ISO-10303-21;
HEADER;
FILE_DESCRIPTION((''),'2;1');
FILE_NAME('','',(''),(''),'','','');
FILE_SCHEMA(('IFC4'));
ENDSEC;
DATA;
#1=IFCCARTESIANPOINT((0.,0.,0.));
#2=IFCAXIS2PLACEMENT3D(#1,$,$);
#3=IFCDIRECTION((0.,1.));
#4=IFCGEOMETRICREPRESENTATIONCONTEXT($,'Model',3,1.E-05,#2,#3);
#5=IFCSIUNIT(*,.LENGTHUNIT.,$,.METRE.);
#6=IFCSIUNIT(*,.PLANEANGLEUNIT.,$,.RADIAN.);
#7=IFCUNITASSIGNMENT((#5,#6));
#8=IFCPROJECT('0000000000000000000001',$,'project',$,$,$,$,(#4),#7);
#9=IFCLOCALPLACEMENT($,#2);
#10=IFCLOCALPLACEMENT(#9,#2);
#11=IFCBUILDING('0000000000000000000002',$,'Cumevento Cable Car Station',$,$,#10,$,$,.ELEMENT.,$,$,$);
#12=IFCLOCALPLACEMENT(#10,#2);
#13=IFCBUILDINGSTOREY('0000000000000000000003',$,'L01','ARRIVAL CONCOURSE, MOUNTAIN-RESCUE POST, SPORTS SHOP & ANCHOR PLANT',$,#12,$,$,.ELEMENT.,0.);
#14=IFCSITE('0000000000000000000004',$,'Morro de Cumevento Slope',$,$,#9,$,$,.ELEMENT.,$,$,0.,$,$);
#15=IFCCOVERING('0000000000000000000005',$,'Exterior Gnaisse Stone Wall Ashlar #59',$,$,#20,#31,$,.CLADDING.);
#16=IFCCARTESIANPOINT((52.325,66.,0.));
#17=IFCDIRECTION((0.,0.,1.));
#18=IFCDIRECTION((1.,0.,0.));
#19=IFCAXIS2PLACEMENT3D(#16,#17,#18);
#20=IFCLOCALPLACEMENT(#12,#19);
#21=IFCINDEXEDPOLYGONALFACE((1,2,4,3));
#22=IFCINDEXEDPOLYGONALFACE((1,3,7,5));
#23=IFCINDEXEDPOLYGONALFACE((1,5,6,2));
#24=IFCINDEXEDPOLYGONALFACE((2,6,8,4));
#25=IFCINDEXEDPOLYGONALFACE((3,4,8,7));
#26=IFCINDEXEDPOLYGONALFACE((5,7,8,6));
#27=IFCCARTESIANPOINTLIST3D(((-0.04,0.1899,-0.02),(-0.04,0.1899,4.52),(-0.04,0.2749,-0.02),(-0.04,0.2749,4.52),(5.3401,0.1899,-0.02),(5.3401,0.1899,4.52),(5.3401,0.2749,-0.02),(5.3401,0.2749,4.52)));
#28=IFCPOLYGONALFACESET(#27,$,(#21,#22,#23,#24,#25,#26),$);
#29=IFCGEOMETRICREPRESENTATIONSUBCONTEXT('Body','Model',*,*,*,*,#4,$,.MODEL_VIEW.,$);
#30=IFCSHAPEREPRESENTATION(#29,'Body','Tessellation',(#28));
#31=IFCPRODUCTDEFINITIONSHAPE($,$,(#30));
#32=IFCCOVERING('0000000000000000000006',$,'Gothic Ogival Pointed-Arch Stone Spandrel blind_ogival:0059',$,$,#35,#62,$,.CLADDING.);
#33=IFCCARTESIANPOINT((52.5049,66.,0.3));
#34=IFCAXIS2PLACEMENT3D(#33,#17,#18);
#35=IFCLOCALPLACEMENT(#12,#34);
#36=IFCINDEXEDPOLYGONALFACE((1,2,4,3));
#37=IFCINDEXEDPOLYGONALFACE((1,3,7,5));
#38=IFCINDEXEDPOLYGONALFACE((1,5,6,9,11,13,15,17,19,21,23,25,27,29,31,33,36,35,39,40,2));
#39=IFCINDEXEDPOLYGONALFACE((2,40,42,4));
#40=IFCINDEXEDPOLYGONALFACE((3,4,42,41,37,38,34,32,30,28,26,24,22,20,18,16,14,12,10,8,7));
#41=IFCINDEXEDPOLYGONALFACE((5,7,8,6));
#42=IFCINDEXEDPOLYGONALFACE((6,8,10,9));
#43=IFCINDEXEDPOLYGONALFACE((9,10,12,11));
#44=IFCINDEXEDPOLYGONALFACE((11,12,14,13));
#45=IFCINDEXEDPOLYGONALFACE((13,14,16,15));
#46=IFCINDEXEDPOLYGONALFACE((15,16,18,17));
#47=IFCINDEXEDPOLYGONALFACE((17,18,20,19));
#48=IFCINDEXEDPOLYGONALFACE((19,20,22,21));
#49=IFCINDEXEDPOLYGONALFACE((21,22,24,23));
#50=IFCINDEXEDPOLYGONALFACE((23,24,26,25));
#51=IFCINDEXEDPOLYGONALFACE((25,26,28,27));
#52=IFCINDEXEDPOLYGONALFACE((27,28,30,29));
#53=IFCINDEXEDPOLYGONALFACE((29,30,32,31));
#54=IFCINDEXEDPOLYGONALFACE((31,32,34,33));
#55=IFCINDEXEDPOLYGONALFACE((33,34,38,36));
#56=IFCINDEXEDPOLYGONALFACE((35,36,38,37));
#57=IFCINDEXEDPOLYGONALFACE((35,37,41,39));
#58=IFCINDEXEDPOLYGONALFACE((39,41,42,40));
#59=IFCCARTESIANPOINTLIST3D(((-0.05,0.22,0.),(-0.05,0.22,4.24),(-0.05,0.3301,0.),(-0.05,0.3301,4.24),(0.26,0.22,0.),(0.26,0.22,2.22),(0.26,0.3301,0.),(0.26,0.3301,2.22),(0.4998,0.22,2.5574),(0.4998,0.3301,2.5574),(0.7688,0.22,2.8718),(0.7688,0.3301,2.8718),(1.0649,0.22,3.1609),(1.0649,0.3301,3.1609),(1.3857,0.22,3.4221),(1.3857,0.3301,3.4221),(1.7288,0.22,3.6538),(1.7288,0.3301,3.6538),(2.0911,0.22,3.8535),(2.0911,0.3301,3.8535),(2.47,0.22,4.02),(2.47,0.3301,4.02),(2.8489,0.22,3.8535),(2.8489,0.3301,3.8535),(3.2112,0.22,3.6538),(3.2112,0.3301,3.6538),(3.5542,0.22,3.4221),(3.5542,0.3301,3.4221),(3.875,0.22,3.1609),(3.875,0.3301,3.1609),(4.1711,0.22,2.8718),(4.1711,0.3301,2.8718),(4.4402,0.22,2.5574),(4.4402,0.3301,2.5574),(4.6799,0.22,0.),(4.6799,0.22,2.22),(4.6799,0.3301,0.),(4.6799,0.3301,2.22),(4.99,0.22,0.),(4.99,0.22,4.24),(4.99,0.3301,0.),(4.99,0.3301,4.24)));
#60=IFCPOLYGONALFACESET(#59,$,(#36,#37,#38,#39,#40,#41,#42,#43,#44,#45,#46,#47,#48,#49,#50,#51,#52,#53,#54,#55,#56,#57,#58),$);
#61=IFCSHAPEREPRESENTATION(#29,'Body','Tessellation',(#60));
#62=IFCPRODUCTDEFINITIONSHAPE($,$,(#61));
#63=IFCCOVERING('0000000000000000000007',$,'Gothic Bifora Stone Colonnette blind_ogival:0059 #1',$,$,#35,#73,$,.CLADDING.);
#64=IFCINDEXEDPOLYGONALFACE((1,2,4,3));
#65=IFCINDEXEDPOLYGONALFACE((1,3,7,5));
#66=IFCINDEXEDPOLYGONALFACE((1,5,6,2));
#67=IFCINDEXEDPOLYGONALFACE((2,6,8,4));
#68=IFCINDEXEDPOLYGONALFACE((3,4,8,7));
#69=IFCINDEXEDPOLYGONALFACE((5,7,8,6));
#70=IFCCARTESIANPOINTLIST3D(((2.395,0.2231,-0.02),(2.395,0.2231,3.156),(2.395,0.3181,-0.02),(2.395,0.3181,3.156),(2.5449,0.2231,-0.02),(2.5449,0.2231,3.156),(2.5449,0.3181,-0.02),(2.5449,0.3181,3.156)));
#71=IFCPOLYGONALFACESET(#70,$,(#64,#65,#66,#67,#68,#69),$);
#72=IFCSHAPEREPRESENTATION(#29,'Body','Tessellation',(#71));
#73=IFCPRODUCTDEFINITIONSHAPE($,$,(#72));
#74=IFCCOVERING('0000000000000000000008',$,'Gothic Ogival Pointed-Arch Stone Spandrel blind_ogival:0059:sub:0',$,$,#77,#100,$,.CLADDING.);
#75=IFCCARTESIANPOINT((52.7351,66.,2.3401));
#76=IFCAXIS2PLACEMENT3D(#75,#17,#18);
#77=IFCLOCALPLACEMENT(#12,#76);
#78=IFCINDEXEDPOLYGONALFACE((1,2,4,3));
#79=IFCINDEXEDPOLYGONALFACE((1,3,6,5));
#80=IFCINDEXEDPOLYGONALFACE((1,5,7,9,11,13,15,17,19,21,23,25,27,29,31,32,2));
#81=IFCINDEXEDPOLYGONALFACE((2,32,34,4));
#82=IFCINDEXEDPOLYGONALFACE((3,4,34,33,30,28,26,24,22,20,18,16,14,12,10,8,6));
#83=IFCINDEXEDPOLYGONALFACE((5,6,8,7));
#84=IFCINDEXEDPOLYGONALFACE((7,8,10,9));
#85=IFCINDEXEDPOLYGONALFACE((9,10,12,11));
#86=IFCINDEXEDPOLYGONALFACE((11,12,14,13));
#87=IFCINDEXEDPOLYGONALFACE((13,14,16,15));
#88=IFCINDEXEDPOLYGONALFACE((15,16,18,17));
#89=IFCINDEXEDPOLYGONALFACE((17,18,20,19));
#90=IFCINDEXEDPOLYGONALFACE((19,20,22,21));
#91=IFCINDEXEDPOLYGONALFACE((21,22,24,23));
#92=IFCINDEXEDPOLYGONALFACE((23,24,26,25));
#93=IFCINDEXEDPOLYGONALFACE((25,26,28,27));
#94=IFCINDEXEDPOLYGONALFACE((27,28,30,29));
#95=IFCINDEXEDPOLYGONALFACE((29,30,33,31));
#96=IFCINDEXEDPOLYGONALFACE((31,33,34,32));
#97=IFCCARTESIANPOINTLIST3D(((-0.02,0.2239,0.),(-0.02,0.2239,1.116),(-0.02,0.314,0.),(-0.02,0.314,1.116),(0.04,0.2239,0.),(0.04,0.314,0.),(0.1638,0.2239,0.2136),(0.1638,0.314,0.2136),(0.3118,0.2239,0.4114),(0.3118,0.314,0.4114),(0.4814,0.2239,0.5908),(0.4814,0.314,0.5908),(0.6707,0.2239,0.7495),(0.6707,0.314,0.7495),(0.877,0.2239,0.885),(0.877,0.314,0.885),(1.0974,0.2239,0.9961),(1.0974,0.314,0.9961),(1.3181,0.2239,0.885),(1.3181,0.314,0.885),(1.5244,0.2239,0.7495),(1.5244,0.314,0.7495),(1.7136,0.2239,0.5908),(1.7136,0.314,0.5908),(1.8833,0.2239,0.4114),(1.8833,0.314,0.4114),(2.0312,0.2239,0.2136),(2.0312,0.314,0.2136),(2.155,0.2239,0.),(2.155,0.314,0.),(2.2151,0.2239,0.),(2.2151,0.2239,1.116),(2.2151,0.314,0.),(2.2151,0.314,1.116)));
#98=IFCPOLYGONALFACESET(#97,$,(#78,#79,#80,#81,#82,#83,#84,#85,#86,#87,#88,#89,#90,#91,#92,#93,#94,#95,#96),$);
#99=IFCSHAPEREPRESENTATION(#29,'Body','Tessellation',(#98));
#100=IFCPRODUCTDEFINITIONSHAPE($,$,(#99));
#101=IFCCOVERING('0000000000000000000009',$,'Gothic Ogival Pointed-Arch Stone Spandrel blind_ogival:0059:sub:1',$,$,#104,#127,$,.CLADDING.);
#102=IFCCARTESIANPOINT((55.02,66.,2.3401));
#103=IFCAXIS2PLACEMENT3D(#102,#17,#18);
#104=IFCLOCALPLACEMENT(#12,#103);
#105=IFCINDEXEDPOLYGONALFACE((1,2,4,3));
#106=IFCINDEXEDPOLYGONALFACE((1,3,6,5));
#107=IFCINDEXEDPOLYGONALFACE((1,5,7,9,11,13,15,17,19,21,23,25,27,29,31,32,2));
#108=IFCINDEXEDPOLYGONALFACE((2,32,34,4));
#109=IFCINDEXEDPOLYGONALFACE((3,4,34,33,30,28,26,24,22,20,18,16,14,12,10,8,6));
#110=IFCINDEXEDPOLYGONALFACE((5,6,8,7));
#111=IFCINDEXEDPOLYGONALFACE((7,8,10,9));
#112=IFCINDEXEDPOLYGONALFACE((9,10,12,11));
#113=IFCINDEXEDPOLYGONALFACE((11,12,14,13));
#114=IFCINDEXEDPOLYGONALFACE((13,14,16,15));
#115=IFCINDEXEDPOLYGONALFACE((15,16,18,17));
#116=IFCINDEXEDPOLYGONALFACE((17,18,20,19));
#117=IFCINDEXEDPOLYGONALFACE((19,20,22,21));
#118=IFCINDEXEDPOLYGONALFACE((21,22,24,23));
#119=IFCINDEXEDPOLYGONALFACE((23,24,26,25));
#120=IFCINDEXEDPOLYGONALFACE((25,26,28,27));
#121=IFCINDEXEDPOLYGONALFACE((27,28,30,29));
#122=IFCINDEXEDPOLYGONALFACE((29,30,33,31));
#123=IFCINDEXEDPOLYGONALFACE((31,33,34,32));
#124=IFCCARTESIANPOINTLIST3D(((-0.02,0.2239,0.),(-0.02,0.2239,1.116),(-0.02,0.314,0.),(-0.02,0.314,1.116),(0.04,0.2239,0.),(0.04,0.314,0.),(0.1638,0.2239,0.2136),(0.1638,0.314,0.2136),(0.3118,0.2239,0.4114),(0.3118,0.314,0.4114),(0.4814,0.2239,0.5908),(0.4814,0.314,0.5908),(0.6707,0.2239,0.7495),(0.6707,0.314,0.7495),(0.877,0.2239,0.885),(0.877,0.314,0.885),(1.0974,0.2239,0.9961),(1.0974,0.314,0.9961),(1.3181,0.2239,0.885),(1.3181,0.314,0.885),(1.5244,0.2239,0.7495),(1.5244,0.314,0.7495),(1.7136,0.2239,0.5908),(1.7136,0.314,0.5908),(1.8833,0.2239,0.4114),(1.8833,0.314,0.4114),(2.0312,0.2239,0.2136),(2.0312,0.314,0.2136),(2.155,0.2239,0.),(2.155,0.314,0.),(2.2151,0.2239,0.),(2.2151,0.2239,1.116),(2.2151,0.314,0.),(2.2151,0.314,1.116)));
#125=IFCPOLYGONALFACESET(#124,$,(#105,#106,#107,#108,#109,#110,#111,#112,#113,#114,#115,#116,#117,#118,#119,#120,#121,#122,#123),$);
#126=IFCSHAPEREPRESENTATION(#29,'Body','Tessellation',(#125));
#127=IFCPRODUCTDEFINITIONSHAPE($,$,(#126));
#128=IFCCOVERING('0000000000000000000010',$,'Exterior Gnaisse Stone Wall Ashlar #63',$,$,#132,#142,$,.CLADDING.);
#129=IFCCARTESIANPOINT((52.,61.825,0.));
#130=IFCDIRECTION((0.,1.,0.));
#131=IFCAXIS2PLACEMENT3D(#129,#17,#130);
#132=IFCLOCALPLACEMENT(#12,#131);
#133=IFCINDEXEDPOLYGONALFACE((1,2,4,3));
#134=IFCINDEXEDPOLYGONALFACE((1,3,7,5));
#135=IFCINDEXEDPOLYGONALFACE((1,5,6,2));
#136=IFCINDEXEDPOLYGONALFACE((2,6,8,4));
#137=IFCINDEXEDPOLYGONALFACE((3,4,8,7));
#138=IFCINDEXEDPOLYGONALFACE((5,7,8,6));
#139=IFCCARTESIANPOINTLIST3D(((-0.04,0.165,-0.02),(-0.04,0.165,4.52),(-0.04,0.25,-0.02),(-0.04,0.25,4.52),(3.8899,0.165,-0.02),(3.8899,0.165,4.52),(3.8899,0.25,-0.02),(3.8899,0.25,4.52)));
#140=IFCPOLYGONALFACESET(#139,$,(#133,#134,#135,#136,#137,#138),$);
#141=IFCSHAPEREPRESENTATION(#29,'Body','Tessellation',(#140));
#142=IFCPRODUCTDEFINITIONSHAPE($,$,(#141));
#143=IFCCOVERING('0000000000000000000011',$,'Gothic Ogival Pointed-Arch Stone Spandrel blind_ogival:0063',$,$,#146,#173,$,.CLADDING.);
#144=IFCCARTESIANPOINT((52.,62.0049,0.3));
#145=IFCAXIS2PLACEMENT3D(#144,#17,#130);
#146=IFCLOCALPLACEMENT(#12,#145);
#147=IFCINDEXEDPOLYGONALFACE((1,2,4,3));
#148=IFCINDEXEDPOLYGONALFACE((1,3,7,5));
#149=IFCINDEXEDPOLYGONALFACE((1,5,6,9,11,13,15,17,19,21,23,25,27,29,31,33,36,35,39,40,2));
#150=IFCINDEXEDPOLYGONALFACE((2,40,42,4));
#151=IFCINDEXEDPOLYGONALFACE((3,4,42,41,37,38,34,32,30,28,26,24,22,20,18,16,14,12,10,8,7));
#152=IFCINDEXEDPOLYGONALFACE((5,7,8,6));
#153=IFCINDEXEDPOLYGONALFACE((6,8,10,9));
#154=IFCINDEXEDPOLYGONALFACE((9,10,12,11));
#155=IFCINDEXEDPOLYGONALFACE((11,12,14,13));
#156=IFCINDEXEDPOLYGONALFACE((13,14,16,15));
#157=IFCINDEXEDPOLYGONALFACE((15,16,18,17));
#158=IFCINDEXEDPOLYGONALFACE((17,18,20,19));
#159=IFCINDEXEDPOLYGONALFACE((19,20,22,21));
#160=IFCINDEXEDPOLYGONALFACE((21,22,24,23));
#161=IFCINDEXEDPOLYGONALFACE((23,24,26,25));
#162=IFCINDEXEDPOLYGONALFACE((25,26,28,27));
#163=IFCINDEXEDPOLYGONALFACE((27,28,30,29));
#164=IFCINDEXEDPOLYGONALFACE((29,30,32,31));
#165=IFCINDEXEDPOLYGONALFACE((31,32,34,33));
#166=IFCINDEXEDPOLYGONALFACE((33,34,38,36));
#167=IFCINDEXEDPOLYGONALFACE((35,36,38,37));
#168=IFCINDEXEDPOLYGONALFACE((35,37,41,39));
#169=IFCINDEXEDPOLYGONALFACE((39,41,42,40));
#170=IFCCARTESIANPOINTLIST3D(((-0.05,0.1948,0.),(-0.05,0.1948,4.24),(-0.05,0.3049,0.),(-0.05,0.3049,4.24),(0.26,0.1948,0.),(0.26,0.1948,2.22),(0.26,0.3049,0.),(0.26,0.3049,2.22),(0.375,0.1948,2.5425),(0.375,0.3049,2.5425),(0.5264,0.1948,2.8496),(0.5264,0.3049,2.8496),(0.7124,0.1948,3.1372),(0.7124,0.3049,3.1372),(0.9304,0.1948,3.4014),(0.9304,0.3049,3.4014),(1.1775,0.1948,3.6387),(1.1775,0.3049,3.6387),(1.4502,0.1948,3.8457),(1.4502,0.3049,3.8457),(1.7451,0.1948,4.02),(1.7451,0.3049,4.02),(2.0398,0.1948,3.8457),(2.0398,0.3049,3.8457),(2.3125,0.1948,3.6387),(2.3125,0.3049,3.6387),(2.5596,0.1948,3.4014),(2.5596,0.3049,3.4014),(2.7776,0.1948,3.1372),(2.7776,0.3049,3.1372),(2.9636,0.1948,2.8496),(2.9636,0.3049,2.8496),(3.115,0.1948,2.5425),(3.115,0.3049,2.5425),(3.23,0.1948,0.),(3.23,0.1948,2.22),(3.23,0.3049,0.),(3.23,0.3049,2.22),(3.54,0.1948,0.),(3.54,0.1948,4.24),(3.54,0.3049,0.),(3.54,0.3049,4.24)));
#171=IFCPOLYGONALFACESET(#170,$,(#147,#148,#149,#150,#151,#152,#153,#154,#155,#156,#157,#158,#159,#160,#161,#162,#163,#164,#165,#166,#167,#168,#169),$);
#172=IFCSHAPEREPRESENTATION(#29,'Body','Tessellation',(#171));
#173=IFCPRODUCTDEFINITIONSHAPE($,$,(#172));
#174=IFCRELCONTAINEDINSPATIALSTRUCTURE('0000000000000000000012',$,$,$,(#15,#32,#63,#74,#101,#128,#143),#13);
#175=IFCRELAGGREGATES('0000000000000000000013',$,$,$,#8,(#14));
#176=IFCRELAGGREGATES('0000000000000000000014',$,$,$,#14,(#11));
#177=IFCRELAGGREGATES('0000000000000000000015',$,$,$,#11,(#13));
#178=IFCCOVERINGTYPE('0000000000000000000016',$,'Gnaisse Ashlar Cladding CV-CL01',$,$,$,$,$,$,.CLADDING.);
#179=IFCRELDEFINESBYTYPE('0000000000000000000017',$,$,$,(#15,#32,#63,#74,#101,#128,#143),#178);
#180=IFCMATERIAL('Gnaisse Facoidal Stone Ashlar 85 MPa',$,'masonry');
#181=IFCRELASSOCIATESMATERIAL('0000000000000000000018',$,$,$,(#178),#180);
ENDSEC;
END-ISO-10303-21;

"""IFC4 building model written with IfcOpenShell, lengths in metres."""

from ifc_helpers import new_model, si_unit, direction, frame, origin, place, context, subcontext, project, spatial, polyline, outline, extrude, material, type_object, element, save


model = new_model("IFC4")

# Units and contexts
model_context = context("Model", 3, precision=1e-05, world=origin(), true_north=direction((0.0, 1.0)))
body_context = subcontext(model_context, "Body", "Model", "MODEL_VIEW")
ifc_project = project(units=[si_unit("LENGTHUNIT", "METRE"), si_unit("PLANEANGLEUNIT", "RADIAN")], contexts=[model_context])

# Site, building, storey
site_placement = place(None, origin())
site = spatial("IfcSite", under=ifc_project, at=site_placement, Name="Morro de Cumevento Slope", CompositionType="ELEMENT", RefElevation=0.0)
building_placement = place(site_placement, origin())
building = spatial("IfcBuilding", under=site, at=building_placement, Name="Cumevento Cable Car Station", CompositionType="ELEMENT")
storey_placement = place(building_placement, origin())
storey = spatial("IfcBuildingStorey", under=building, at=storey_placement, Name="L01", Description="ARRIVAL CONCOURSE, MOUNTAIN-RESCUE POST, SPORTS SHOP & ANCHOR PLANT", CompositionType="ELEMENT", Elevation=0.0)

# Coverings
ifc_material_1 = material(Name="Gnaisse Facoidal Stone Ashlar 85 MPa", Category="masonry")
covering_type = type_object("IfcCoveringType", Name="Gnaisse Ashlar Cladding CV-CL01", PredefinedType="CLADDING", material=ifc_material_1)
covering_1_placement = place(storey_placement, frame((52.325, 66.0, 0.0), z_axis=(0.0, 0.0, 1.0), x_axis=(1.0, 0.0, 0.0)))
element("IfcCovering", 1, at=covering_1_placement, inside=storey, type_object=covering_type, Name="Exterior Gnaisse Stone Wall Ashlar #59", PredefinedType="CLADDING", context=body_context, shape_type="SweptSolid", body=[
    extrude(outline(polyline([(-0.04, -0.02), (5.3401, -0.02), (5.3401, 4.52), (-0.04, 4.52), (-0.04, -0.02)])), frame((0.0, 0.2749, 0.0), z_axis=(0.0, -1.0, 0.0), x_axis=(1.0, 0.0, 0.0)), (0.0, 0.0, 1.0), 0.085),
])
placement = place(storey_placement, frame((52.5049, 66.0, 0.3), z_axis=(0.0, 0.0, 1.0), x_axis=(1.0, 0.0, 0.0)))
element("IfcCovering", 2, at=placement, inside=storey, type_object=covering_type, Name="Gothic Ogival Pointed-Arch Stone Spandrel blind_ogival:0059", PredefinedType="CLADDING", context=body_context, shape_type="SweptSolid", body=[
    extrude(outline(polyline([(-0.05, 0.0), (-0.05, 4.24), (4.99, 4.24), (4.99, 0.0), (4.6799, 0.0), (4.6799, 2.22), (4.4402, 2.5574), (4.1711, 2.8718), (3.875, 3.1609), (3.5542, 3.4221), (3.2112, 3.6538), (2.8489, 3.8535), (2.47, 4.02), (2.0911, 3.8535), (1.7288, 3.6538), (1.3857, 3.4221), (1.0649, 3.1609), (0.7688, 2.8718), (0.4998, 2.5574), (0.26, 2.22), (0.26, 0.0), (-0.05, 0.0)])), frame((0.0, 0.3301, 0.0), z_axis=(0.0, -1.0, 0.0), x_axis=(1.0, 0.0, 0.0)), (0.0, 0.0, 1.0), 0.1101),
])
element("IfcCovering", 3, at=placement, inside=storey, type_object=covering_type, Name="Gothic Bifora Stone Colonnette blind_ogival:0059 #1", PredefinedType="CLADDING", context=body_context, shape_type="SweptSolid", body=[
    extrude(outline(polyline([(2.395, -0.02), (2.5449, -0.02), (2.5449, 3.156), (2.395, 3.156), (2.395, -0.02)])), frame((0.0, 0.3181, 0.0), z_axis=(0.0, -1.0, 0.0), x_axis=(1.0, 0.0, 0.0)), (0.0, 0.0, 1.0), 0.095),
])
for number, where, z_axis, x_axis, name in (
    (4, (52.7351, 66.0, 2.3401), (0.0, 0.0, 1.0), (1.0, 0.0, 0.0), "Gothic Ogival Pointed-Arch Stone Spandrel blind_ogival:0059:sub:0"),
    (5, (55.02, 66.0, 2.3401), (0.0, 0.0, 1.0), (1.0, 0.0, 0.0), "Gothic Ogival Pointed-Arch Stone Spandrel blind_ogival:0059:sub:1"),
):
    element("IfcCovering", number, at=place(storey_placement, frame(where, z_axis=z_axis, x_axis=x_axis)), inside=storey, type_object=covering_type, Name=name, PredefinedType="CLADDING", context=body_context, shape_type="SweptSolid", body=[
        extrude(outline(polyline([(-0.02, 0.0), (-0.02, 1.116), (2.2151, 1.116), (2.2151, 0.0), (2.155, 0.0), (2.0312, 0.2136), (1.8833, 0.4114), (1.7136, 0.5908), (1.5244, 0.7495), (1.3181, 0.885), (1.0974, 0.9961), (0.877, 0.885), (0.6707, 0.7495), (0.4814, 0.5908), (0.3118, 0.4114), (0.1638, 0.2136), (0.04, 0.0), (-0.02, 0.0)])), frame((0.0, 0.314, 0.0), z_axis=(0.0, -1.0, 0.0), x_axis=(1.0, 0.0, 0.0)), (0.0, 0.0, 1.0), 0.0901),
    ])
covering_2_placement = place(storey_placement, frame((52.0, 61.825, 0.0), z_axis=(0.0, 0.0, 1.0), x_axis=(0.0, 1.0, 0.0)))
element("IfcCovering", 6, at=covering_2_placement, inside=storey, type_object=covering_type, Name="Exterior Gnaisse Stone Wall Ashlar #63", PredefinedType="CLADDING", context=body_context, shape_type="SweptSolid", body=[
    extrude(outline(polyline([(-0.04, -0.02), (3.8899, -0.02), (3.8899, 4.52), (-0.04, 4.52), (-0.04, -0.02)])), frame((0.0, 0.25, 0.0), z_axis=(0.0, -1.0, 0.0), x_axis=(1.0, 0.0, 0.0)), (0.0, 0.0, 1.0), 0.085),
])
covering_3_placement = place(storey_placement, frame((52.0, 62.0049, 0.3), z_axis=(0.0, 0.0, 1.0), x_axis=(0.0, 1.0, 0.0)))
element("IfcCovering", 7, at=covering_3_placement, inside=storey, type_object=covering_type, Name="Gothic Ogival Pointed-Arch Stone Spandrel blind_ogival:0063", PredefinedType="CLADDING", context=body_context, shape_type="SweptSolid", body=[
    extrude(outline(polyline([(-0.05, 0.0), (-0.05, 4.24), (3.54, 4.24), (3.54, 0.0), (3.23, 0.0), (3.23, 2.22), (3.115, 2.5425), (2.9636, 2.8496), (2.7776, 3.1372), (2.5596, 3.4014), (2.3125, 3.6387), (2.0398, 3.8457), (1.7451, 4.02), (1.4502, 3.8457), (1.1775, 3.6387), (0.9304, 3.4014), (0.7124, 3.1372), (0.5264, 2.8496), (0.375, 2.5425), (0.26, 2.22), (0.26, 0.0), (-0.05, 0.0)])), frame((0.0, 0.3049, 0.0), z_axis=(0.0, -1.0, 0.0), x_axis=(1.0, 0.0, 0.0)), (0.0, 0.0, 1.0), 0.1101),
])

save(model, "model.ifc")
